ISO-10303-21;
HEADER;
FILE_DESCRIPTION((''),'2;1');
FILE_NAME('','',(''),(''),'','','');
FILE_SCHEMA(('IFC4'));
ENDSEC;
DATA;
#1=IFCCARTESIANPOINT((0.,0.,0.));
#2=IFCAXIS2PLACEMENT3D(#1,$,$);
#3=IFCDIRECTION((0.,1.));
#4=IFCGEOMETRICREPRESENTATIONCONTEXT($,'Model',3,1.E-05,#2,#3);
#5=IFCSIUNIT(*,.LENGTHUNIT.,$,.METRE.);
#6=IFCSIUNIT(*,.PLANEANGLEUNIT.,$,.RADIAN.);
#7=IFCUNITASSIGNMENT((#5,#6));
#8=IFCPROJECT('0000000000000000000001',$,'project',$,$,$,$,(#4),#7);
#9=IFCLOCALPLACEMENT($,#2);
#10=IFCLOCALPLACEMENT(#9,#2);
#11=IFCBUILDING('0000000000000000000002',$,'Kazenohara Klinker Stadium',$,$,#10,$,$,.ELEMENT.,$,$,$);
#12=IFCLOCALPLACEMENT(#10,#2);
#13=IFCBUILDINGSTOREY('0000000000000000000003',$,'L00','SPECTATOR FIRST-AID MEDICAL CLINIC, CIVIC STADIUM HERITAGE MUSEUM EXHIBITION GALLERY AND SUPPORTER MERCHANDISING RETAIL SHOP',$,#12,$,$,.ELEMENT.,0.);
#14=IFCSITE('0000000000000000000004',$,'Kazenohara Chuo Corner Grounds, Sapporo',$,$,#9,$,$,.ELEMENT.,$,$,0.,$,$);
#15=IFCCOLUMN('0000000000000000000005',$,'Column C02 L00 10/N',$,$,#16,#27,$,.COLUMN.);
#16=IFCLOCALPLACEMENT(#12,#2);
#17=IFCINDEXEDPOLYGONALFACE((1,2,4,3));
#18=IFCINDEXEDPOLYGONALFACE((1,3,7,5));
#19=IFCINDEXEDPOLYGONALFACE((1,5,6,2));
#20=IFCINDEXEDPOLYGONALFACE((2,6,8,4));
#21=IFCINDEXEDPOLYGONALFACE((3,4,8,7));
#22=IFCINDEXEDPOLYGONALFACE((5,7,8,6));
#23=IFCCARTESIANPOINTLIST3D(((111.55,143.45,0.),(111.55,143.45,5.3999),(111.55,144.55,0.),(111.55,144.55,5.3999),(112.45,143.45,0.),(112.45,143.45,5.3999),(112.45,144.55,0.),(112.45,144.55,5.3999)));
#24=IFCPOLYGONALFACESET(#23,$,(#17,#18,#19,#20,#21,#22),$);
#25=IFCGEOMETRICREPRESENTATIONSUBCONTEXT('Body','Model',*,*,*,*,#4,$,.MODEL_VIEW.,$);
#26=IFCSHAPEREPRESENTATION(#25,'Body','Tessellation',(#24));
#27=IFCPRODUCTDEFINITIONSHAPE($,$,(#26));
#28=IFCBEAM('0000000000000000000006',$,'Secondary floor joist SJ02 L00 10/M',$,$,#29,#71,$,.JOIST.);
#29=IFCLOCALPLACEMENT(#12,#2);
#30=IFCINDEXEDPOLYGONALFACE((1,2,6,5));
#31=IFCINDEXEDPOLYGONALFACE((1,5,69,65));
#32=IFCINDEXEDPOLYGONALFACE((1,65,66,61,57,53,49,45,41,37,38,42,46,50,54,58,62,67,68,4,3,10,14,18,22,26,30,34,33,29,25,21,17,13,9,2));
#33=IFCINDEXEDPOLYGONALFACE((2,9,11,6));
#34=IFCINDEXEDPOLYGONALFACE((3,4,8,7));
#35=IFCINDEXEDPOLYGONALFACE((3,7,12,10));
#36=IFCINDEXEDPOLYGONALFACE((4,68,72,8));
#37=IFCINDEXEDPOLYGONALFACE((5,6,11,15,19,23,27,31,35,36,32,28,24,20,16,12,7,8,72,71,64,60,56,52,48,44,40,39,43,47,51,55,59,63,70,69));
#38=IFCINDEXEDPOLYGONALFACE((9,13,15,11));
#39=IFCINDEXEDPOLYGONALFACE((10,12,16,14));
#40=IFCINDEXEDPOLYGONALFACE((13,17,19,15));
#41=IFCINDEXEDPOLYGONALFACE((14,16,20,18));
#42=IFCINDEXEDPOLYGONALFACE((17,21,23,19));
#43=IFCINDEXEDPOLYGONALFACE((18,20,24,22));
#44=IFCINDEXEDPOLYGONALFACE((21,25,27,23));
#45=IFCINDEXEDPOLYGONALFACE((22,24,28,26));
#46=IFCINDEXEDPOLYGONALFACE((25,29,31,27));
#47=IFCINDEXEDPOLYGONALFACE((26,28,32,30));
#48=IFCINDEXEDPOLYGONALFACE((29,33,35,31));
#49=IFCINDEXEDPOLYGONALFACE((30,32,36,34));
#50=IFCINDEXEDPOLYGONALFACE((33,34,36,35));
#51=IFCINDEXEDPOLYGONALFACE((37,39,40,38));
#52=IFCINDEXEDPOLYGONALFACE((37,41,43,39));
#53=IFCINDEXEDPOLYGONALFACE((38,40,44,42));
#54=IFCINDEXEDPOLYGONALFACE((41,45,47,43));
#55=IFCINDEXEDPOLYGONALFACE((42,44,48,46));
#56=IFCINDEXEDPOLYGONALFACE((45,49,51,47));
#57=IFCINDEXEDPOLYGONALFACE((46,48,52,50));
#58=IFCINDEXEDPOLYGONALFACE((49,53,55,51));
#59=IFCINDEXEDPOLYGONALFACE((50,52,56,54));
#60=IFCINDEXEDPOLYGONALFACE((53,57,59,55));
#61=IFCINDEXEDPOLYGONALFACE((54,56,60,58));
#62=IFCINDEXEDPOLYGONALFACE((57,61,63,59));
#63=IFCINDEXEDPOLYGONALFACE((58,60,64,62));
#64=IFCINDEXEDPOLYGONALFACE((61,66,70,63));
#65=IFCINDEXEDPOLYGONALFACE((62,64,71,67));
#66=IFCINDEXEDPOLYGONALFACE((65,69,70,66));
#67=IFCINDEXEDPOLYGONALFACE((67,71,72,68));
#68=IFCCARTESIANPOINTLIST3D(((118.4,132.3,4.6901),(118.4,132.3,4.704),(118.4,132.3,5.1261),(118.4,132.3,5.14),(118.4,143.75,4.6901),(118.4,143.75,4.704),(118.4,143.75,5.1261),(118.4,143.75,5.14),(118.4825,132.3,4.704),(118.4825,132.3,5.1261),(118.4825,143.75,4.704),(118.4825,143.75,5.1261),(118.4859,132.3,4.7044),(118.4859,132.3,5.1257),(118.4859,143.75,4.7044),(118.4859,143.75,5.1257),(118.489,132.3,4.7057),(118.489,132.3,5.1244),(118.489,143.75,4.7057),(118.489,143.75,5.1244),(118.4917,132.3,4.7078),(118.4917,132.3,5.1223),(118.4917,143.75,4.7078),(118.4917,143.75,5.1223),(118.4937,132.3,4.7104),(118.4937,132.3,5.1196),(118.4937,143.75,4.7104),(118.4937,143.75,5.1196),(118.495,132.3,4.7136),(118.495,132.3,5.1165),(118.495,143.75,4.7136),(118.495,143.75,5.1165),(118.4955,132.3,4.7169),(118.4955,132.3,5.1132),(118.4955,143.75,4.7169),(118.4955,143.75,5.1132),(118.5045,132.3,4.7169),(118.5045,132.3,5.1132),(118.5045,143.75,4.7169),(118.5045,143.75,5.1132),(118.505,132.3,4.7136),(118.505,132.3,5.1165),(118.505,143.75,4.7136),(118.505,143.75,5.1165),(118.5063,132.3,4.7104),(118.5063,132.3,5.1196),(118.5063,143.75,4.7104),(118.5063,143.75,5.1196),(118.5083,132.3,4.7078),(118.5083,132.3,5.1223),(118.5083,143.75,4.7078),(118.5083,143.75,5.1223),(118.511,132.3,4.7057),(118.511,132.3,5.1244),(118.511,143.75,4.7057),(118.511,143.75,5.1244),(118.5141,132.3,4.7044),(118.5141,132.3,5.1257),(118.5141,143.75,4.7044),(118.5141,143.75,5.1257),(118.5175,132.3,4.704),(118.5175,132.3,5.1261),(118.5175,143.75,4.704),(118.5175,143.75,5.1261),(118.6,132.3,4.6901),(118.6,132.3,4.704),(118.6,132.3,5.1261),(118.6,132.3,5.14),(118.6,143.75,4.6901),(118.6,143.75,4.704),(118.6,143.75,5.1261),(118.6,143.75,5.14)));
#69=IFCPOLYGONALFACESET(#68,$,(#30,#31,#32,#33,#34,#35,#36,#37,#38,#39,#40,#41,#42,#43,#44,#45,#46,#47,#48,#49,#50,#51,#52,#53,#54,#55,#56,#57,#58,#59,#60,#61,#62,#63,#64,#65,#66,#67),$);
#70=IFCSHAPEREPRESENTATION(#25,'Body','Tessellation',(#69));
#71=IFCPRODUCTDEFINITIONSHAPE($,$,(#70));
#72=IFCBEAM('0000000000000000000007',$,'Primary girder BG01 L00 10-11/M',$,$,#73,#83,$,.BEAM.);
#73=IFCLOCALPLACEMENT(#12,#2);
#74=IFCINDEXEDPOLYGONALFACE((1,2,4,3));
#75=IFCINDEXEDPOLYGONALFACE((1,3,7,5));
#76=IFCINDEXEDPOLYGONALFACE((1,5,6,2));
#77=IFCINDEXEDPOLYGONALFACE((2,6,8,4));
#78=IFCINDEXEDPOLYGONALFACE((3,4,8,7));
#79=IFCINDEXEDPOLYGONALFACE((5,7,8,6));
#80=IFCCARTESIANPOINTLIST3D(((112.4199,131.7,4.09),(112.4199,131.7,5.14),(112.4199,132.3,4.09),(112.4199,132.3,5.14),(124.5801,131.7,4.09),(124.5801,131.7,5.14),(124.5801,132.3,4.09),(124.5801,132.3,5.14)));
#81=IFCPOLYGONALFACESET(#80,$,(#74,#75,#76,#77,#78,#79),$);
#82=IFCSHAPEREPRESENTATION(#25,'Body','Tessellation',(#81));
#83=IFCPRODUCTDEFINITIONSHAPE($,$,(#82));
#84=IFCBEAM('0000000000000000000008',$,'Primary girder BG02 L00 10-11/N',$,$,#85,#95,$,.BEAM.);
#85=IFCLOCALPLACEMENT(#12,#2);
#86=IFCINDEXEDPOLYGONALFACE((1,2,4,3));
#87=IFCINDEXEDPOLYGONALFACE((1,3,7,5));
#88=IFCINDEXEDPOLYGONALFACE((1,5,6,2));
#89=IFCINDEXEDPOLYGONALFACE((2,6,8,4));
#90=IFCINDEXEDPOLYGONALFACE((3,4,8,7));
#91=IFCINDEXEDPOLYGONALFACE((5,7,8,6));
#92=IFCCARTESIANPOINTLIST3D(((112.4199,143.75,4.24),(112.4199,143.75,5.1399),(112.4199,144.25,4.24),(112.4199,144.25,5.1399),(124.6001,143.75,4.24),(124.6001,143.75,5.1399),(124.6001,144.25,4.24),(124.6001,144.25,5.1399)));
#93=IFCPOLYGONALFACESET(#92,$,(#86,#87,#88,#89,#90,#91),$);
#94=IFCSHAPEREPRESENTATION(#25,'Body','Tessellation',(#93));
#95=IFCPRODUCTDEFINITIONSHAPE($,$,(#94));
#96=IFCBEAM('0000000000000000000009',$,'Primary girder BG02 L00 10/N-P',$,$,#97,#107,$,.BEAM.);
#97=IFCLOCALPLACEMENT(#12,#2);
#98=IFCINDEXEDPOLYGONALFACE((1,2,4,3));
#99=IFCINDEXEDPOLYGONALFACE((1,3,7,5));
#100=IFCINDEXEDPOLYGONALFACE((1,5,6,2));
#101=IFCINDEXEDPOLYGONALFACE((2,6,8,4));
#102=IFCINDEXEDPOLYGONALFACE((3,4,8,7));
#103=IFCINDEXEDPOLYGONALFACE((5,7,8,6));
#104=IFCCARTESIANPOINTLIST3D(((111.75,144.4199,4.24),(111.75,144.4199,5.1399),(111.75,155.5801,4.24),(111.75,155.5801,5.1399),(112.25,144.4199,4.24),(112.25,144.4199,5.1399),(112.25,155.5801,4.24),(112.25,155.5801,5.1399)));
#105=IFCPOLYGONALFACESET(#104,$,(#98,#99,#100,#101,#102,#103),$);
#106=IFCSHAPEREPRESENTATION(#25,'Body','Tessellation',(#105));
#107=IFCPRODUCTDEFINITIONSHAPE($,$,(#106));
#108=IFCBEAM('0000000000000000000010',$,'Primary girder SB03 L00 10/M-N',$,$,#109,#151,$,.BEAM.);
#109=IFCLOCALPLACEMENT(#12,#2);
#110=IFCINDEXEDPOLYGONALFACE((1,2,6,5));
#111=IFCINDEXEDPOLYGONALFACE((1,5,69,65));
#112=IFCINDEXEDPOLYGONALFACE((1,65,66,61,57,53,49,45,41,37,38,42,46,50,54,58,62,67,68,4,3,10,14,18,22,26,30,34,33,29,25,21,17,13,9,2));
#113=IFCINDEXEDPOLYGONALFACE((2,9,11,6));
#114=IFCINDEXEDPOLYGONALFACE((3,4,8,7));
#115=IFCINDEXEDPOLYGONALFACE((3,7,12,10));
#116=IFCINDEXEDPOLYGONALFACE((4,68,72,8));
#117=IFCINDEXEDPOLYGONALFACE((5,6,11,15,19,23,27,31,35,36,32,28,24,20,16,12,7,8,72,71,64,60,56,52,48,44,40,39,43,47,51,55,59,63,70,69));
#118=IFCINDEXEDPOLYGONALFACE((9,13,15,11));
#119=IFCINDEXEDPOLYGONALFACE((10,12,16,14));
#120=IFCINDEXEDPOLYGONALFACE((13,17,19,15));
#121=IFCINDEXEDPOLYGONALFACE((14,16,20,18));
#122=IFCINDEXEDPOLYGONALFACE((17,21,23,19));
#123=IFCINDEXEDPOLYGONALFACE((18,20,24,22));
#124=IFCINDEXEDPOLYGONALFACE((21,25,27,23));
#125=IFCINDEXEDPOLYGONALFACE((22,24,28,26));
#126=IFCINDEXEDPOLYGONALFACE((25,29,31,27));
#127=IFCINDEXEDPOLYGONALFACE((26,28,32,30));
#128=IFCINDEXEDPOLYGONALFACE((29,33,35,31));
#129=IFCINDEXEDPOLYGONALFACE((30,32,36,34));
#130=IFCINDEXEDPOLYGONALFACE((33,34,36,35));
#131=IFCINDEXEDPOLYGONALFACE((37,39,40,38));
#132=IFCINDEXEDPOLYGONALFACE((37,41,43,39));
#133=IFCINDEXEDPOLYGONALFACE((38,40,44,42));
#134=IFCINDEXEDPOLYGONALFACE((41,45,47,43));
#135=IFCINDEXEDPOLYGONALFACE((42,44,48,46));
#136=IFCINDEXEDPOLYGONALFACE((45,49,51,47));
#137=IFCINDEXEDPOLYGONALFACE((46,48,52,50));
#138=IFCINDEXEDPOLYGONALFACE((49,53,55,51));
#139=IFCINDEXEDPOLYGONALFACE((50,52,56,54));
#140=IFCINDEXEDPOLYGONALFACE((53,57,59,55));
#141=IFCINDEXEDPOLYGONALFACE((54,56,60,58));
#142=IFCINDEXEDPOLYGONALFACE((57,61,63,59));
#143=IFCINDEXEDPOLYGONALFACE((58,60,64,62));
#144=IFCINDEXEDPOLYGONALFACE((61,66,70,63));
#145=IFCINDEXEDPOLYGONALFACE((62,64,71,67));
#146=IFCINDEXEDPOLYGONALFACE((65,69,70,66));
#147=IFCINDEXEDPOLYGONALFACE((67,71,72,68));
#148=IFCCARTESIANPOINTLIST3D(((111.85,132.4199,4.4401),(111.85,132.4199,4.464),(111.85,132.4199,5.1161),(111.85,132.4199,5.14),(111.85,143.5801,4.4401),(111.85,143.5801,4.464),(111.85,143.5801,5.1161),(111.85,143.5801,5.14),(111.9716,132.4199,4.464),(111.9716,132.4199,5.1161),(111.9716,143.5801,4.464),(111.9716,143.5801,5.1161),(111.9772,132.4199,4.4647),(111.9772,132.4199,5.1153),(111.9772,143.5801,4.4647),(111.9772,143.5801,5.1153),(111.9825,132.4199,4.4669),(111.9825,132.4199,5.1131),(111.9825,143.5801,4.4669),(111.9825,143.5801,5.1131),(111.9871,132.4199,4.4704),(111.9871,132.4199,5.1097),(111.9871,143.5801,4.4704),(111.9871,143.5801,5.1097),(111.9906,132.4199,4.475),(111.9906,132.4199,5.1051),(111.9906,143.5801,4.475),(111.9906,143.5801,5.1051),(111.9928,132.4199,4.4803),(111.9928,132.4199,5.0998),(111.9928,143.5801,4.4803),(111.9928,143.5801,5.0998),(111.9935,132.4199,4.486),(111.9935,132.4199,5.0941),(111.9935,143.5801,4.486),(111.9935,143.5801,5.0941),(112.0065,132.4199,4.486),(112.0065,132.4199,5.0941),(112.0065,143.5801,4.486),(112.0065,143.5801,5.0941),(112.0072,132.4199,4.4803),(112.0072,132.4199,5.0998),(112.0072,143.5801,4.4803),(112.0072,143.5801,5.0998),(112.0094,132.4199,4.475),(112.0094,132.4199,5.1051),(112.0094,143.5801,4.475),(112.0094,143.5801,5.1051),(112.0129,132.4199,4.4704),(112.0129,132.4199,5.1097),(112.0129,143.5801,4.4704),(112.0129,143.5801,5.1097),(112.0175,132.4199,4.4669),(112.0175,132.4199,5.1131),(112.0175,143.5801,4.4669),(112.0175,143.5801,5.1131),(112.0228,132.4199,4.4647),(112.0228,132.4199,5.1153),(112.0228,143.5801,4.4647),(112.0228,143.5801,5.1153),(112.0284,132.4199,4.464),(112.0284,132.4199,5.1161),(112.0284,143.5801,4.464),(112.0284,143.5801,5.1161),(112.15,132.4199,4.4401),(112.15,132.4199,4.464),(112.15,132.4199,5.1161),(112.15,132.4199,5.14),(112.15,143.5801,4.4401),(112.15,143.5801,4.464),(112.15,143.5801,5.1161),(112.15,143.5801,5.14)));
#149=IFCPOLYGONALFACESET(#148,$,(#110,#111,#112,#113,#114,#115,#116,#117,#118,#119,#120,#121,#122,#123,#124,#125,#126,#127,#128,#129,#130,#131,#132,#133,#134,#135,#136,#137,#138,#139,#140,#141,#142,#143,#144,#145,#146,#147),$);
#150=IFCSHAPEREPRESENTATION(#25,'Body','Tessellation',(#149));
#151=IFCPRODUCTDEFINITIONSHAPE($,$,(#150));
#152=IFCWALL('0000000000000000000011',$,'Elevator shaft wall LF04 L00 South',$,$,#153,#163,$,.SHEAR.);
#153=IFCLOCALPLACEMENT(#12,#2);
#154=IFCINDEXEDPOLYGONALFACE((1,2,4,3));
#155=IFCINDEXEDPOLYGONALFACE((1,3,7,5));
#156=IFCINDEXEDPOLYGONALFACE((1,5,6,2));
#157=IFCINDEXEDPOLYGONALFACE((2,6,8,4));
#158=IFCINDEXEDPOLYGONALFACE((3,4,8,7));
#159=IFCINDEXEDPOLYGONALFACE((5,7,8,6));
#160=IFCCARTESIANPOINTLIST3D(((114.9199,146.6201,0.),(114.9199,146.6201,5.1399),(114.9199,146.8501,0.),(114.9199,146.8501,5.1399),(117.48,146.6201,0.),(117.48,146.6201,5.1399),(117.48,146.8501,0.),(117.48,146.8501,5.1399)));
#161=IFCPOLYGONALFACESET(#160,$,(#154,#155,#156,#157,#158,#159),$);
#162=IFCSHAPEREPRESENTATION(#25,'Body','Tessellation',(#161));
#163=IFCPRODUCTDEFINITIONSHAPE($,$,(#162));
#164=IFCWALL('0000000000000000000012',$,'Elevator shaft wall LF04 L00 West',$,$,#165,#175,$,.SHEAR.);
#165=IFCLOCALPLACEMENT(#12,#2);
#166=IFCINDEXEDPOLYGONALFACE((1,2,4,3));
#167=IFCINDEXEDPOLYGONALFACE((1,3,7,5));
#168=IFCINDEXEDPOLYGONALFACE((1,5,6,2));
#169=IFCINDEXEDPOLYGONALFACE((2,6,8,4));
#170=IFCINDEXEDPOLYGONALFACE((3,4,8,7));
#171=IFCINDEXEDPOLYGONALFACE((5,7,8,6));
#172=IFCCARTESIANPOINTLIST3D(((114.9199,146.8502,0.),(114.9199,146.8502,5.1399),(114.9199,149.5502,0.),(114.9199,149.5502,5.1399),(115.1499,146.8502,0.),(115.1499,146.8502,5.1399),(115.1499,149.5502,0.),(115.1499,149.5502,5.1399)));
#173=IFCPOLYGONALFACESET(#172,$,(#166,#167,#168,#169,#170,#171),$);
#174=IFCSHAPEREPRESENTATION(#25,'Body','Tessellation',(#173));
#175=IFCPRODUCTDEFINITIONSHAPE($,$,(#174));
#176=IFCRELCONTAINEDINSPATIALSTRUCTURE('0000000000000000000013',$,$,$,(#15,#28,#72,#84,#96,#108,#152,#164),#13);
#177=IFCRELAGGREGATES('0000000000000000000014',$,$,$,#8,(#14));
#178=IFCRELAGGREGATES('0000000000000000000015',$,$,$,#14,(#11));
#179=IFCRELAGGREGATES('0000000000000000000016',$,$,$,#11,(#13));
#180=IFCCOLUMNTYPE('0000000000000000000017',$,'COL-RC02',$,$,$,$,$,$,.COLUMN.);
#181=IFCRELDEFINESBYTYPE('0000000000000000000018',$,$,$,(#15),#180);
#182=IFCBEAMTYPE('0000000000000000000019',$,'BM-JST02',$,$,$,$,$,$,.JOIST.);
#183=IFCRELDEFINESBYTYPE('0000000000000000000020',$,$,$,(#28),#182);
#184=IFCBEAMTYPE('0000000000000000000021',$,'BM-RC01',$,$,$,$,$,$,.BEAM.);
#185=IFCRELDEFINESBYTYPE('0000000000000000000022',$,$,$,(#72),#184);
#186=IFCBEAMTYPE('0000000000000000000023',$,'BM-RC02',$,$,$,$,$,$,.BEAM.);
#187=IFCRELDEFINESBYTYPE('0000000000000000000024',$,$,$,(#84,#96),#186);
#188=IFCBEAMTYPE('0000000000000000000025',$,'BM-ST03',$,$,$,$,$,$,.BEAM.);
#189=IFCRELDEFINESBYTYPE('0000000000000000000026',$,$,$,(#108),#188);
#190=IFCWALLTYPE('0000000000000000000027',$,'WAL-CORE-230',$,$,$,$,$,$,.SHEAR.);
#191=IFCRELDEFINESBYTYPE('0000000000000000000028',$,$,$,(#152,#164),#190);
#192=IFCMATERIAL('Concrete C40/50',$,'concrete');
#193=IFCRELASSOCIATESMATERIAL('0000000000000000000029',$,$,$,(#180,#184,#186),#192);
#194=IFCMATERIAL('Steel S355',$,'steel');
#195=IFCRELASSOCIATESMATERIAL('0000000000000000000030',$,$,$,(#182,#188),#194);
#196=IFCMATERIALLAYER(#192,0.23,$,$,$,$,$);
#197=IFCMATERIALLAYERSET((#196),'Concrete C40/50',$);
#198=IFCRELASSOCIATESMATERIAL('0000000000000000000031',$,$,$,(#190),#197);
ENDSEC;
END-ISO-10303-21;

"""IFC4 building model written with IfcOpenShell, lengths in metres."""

from ifc_helpers import new_model, si_unit, direction, frame, frame_2d, origin, origin_2d, place, context, subcontext, project, spatial, rectangle, i_section, extrude, material, layer, layer_set, material_profile, profile_set, type_object, element, save


model = new_model("IFC4")

# Units and contexts
model_context = context("Model", 3, precision=1e-05, world=origin(), true_north=direction((0.0, 1.0)))
body_context = subcontext(model_context, "Body", "Model", "MODEL_VIEW")
ifc_project = project(units=[si_unit("LENGTHUNIT", "METRE"), si_unit("PLANEANGLEUNIT", "RADIAN")], contexts=[model_context])

# Site, building, storey
site_placement = place(None, origin())
site = spatial("IfcSite", under=ifc_project, at=site_placement, Name="Kazenohara Chuo Corner Grounds, Sapporo", CompositionType="ELEMENT", RefElevation=0.0)
building_placement = place(site_placement, origin())
building = spatial("IfcBuilding", under=site, at=building_placement, Name="Kazenohara Klinker Stadium", CompositionType="ELEMENT")
storey_placement = place(building_placement, origin())
storey = spatial("IfcBuildingStorey", under=building, at=storey_placement, Name="L00", Description="SPECTATOR FIRST-AID MEDICAL CLINIC, CIVIC STADIUM HERITAGE MUSEUM EXHIBITION GALLERY AND SUPPORTER MERCHANDISING RETAIL SHOP", CompositionType="ELEMENT", Elevation=0.0)

# Column
ifc_material_1 = material(Name="Concrete C40/50", Category="concrete")
ifc_material_profile_1 = material_profile(ifc_material_1, rectangle(XDim=0.8999, YDim=1.1001, at=origin_2d()), Name="RC-COL-1100x900")
ifc_profile_set_1 = profile_set([ifc_material_profile_1], Name="Concrete C40/50")
column_type = type_object("IfcColumnType", Name="COL-RC02", PredefinedType="COLUMN", material=ifc_profile_set_1)
column_placement = place(storey_placement, frame((112.0, 144.0, 0.0), z_axis=(0.0, 0.0, 1.0), x_axis=(1.0, 0.0, 0.0)))
element("IfcColumn", 1, at=column_placement, inside=storey, type_object=column_type, Name="Column C02 L00 10/N", PredefinedType="COLUMN", context=body_context, shape_type="SweptSolid", body=[
    extrude(rectangle(XDim=0.8999, YDim=1.1001, at=origin_2d()), origin(), (0.0, 0.0, 1.0), 5.3999),
])

# Beams
ifc_material_2 = material(Name="Steel S355", Category="steel")
ifc_material_profile_2 = material_profile(ifc_material_2, i_section(OverallWidth=0.2, OverallDepth=0.45, WebThickness=0.009, FlangeThickness=0.0139, FilletRadius=0.0129, at=origin_2d()), Name="H-450x200x9x14")
ifc_profile_set_2 = profile_set([ifc_material_profile_2], Name="Steel S355")
beam_type_1 = type_object("IfcBeamType", Name="BM-JST02", PredefinedType="JOIST", material=ifc_profile_set_2)
beam_1_placement = place(storey_placement, frame((118.5, 132.3, 4.915), z_axis=(0.0, 1.0, 0.0), x_axis=(-1.0, 0.0, 0.0)))
element("IfcBeam", 2, at=beam_1_placement, inside=storey, type_object=beam_type_1, Name="Secondary floor joist SJ02 L00 10/M", PredefinedType="JOIST", context=body_context, shape_type="SweptSolid", body=[
    extrude(i_section(OverallWidth=0.2, OverallDepth=0.45, WebThickness=0.009, FlangeThickness=0.0139, FilletRadius=0.0129, at=origin_2d()), origin(), (0.0, 0.0, 1.0), 11.45),
])
ifc_material_profile_3 = material_profile(ifc_material_1, rectangle(XDim=0.6001, YDim=1.05, at=origin_2d()), Name="RC-BM-600x1050")
ifc_profile_set_3 = profile_set([ifc_material_profile_3], Name="Concrete C40/50")
beam_type_2 = type_object("IfcBeamType", Name="BM-RC01", PredefinedType="BEAM", material=ifc_profile_set_3)
beam_2_placement = place(storey_placement, frame((112.4199, 132.0, 4.615), z_axis=(1.0, 0.0, 0.0), x_axis=(0.0, 1.0, 0.0)))
element("IfcBeam", 3, at=beam_2_placement, inside=storey, type_object=beam_type_2, Name="Primary girder BG01 L00 10-11/M", PredefinedType="BEAM", context=body_context, shape_type="SweptSolid", body=[
    extrude(rectangle(XDim=0.6001, YDim=1.05, at=origin_2d()), origin(), (0.0, 0.0, 1.0), 12.1602),
])
ifc_material_profile_4 = material_profile(ifc_material_1, rectangle(XDim=0.5, YDim=0.8999, at=origin_2d()), Name="RC-BM-500x900")
ifc_profile_set_4 = profile_set([ifc_material_profile_4], Name="Concrete C40/50")
beam_type_3 = type_object("IfcBeamType", Name="BM-RC02", PredefinedType="BEAM", material=ifc_profile_set_4)
beam_3_placement = place(storey_placement, frame((112.4199, 144.0, 4.6899), z_axis=(1.0, 0.0, 0.0), x_axis=(0.0, 1.0, 0.0)))
element("IfcBeam", 4, at=beam_3_placement, inside=storey, type_object=beam_type_3, Name="Primary girder BG02 L00 10-11/N", PredefinedType="BEAM", context=body_context, shape_type="SweptSolid", body=[
    extrude(rectangle(XDim=0.5, YDim=0.8999, at=origin_2d()), origin(), (0.0, 0.0, 1.0), 12.1802),
])
beam_4_placement = place(storey_placement, frame((112.0, 144.4199, 4.6899), z_axis=(0.0, 1.0, 0.0), x_axis=(-1.0, 0.0, 0.0)))
element("IfcBeam", 5, at=beam_4_placement, inside=storey, type_object=beam_type_3, Name="Primary girder BG02 L00 10/N-P", PredefinedType="BEAM", context=body_context, shape_type="SweptSolid", body=[
    extrude(rectangle(XDim=0.5, YDim=0.8999, at=origin_2d()), origin(), (0.0, 0.0, 1.0), 11.1602),
])
ifc_material_profile_5 = material_profile(ifc_material_2, i_section(OverallWidth=0.3, OverallDepth=0.7, WebThickness=0.0129, FlangeThickness=0.0239, FilletRadius=0.022, at=origin_2d()), Name="H-700x300x13x24")
ifc_profile_set_5 = profile_set([ifc_material_profile_5], Name="Steel S355")
beam_type_4 = type_object("IfcBeamType", Name="BM-ST03", PredefinedType="BEAM", material=ifc_profile_set_5)
beam_5_placement = place(storey_placement, frame((112.0, 132.4199, 4.79), z_axis=(0.0, 1.0, 0.0), x_axis=(-1.0, 0.0, 0.0)))
element("IfcBeam", 6, at=beam_5_placement, inside=storey, type_object=beam_type_4, Name="Primary girder SB03 L00 10/M-N", PredefinedType="BEAM", context=body_context, shape_type="SweptSolid", body=[
    extrude(i_section(OverallWidth=0.3, OverallDepth=0.7, WebThickness=0.0129, FlangeThickness=0.0239, FilletRadius=0.022, at=origin_2d()), origin(), (0.0, 0.0, 1.0), 11.1602),
])

# Walls
ifc_layer_1 = layer(ifc_material_1, 0.23)
ifc_layer_set_1 = layer_set([ifc_layer_1], Name="Concrete C40/50")
wall_type_1 = type_object("IfcWallType", Name="WAL-CORE-230", PredefinedType="SHEAR", material=ifc_layer_set_1)
wall_1_placement = place(storey_placement, frame((114.9199, 146.7351, 0.0), z_axis=(0.0, 0.0, 1.0), x_axis=(1.0, 0.0, 0.0)))
element("IfcWall", 7, at=wall_1_placement, inside=storey, type_object=wall_type_1, Name="Elevator shaft wall LF04 L00 South", PredefinedType="SHEAR", context=body_context, shape_type="SweptSolid", body=[
    extrude(rectangle(XDim=2.5601, YDim=0.23, at=frame_2d((1.28, 0.0))), origin(), (0.0, 0.0, 1.0), 5.1399),
])
wall_2_placement = place(storey_placement, frame((115.0349, 146.8501, 0.0), z_axis=(0.0, 0.0, 1.0), x_axis=(0.0, 1.0, 0.0)))
element("IfcWall", 8, at=wall_2_placement, inside=storey, type_object=wall_type_1, Name="Elevator shaft wall LF04 L00 West", PredefinedType="SHEAR", context=body_context, shape_type="SweptSolid", body=[
    extrude(rectangle(XDim=2.7, YDim=0.23, at=frame_2d((1.3501, 0.0))), origin(), (0.0, 0.0, 1.0), 5.1399),
])

save(model, "model.ifc")
